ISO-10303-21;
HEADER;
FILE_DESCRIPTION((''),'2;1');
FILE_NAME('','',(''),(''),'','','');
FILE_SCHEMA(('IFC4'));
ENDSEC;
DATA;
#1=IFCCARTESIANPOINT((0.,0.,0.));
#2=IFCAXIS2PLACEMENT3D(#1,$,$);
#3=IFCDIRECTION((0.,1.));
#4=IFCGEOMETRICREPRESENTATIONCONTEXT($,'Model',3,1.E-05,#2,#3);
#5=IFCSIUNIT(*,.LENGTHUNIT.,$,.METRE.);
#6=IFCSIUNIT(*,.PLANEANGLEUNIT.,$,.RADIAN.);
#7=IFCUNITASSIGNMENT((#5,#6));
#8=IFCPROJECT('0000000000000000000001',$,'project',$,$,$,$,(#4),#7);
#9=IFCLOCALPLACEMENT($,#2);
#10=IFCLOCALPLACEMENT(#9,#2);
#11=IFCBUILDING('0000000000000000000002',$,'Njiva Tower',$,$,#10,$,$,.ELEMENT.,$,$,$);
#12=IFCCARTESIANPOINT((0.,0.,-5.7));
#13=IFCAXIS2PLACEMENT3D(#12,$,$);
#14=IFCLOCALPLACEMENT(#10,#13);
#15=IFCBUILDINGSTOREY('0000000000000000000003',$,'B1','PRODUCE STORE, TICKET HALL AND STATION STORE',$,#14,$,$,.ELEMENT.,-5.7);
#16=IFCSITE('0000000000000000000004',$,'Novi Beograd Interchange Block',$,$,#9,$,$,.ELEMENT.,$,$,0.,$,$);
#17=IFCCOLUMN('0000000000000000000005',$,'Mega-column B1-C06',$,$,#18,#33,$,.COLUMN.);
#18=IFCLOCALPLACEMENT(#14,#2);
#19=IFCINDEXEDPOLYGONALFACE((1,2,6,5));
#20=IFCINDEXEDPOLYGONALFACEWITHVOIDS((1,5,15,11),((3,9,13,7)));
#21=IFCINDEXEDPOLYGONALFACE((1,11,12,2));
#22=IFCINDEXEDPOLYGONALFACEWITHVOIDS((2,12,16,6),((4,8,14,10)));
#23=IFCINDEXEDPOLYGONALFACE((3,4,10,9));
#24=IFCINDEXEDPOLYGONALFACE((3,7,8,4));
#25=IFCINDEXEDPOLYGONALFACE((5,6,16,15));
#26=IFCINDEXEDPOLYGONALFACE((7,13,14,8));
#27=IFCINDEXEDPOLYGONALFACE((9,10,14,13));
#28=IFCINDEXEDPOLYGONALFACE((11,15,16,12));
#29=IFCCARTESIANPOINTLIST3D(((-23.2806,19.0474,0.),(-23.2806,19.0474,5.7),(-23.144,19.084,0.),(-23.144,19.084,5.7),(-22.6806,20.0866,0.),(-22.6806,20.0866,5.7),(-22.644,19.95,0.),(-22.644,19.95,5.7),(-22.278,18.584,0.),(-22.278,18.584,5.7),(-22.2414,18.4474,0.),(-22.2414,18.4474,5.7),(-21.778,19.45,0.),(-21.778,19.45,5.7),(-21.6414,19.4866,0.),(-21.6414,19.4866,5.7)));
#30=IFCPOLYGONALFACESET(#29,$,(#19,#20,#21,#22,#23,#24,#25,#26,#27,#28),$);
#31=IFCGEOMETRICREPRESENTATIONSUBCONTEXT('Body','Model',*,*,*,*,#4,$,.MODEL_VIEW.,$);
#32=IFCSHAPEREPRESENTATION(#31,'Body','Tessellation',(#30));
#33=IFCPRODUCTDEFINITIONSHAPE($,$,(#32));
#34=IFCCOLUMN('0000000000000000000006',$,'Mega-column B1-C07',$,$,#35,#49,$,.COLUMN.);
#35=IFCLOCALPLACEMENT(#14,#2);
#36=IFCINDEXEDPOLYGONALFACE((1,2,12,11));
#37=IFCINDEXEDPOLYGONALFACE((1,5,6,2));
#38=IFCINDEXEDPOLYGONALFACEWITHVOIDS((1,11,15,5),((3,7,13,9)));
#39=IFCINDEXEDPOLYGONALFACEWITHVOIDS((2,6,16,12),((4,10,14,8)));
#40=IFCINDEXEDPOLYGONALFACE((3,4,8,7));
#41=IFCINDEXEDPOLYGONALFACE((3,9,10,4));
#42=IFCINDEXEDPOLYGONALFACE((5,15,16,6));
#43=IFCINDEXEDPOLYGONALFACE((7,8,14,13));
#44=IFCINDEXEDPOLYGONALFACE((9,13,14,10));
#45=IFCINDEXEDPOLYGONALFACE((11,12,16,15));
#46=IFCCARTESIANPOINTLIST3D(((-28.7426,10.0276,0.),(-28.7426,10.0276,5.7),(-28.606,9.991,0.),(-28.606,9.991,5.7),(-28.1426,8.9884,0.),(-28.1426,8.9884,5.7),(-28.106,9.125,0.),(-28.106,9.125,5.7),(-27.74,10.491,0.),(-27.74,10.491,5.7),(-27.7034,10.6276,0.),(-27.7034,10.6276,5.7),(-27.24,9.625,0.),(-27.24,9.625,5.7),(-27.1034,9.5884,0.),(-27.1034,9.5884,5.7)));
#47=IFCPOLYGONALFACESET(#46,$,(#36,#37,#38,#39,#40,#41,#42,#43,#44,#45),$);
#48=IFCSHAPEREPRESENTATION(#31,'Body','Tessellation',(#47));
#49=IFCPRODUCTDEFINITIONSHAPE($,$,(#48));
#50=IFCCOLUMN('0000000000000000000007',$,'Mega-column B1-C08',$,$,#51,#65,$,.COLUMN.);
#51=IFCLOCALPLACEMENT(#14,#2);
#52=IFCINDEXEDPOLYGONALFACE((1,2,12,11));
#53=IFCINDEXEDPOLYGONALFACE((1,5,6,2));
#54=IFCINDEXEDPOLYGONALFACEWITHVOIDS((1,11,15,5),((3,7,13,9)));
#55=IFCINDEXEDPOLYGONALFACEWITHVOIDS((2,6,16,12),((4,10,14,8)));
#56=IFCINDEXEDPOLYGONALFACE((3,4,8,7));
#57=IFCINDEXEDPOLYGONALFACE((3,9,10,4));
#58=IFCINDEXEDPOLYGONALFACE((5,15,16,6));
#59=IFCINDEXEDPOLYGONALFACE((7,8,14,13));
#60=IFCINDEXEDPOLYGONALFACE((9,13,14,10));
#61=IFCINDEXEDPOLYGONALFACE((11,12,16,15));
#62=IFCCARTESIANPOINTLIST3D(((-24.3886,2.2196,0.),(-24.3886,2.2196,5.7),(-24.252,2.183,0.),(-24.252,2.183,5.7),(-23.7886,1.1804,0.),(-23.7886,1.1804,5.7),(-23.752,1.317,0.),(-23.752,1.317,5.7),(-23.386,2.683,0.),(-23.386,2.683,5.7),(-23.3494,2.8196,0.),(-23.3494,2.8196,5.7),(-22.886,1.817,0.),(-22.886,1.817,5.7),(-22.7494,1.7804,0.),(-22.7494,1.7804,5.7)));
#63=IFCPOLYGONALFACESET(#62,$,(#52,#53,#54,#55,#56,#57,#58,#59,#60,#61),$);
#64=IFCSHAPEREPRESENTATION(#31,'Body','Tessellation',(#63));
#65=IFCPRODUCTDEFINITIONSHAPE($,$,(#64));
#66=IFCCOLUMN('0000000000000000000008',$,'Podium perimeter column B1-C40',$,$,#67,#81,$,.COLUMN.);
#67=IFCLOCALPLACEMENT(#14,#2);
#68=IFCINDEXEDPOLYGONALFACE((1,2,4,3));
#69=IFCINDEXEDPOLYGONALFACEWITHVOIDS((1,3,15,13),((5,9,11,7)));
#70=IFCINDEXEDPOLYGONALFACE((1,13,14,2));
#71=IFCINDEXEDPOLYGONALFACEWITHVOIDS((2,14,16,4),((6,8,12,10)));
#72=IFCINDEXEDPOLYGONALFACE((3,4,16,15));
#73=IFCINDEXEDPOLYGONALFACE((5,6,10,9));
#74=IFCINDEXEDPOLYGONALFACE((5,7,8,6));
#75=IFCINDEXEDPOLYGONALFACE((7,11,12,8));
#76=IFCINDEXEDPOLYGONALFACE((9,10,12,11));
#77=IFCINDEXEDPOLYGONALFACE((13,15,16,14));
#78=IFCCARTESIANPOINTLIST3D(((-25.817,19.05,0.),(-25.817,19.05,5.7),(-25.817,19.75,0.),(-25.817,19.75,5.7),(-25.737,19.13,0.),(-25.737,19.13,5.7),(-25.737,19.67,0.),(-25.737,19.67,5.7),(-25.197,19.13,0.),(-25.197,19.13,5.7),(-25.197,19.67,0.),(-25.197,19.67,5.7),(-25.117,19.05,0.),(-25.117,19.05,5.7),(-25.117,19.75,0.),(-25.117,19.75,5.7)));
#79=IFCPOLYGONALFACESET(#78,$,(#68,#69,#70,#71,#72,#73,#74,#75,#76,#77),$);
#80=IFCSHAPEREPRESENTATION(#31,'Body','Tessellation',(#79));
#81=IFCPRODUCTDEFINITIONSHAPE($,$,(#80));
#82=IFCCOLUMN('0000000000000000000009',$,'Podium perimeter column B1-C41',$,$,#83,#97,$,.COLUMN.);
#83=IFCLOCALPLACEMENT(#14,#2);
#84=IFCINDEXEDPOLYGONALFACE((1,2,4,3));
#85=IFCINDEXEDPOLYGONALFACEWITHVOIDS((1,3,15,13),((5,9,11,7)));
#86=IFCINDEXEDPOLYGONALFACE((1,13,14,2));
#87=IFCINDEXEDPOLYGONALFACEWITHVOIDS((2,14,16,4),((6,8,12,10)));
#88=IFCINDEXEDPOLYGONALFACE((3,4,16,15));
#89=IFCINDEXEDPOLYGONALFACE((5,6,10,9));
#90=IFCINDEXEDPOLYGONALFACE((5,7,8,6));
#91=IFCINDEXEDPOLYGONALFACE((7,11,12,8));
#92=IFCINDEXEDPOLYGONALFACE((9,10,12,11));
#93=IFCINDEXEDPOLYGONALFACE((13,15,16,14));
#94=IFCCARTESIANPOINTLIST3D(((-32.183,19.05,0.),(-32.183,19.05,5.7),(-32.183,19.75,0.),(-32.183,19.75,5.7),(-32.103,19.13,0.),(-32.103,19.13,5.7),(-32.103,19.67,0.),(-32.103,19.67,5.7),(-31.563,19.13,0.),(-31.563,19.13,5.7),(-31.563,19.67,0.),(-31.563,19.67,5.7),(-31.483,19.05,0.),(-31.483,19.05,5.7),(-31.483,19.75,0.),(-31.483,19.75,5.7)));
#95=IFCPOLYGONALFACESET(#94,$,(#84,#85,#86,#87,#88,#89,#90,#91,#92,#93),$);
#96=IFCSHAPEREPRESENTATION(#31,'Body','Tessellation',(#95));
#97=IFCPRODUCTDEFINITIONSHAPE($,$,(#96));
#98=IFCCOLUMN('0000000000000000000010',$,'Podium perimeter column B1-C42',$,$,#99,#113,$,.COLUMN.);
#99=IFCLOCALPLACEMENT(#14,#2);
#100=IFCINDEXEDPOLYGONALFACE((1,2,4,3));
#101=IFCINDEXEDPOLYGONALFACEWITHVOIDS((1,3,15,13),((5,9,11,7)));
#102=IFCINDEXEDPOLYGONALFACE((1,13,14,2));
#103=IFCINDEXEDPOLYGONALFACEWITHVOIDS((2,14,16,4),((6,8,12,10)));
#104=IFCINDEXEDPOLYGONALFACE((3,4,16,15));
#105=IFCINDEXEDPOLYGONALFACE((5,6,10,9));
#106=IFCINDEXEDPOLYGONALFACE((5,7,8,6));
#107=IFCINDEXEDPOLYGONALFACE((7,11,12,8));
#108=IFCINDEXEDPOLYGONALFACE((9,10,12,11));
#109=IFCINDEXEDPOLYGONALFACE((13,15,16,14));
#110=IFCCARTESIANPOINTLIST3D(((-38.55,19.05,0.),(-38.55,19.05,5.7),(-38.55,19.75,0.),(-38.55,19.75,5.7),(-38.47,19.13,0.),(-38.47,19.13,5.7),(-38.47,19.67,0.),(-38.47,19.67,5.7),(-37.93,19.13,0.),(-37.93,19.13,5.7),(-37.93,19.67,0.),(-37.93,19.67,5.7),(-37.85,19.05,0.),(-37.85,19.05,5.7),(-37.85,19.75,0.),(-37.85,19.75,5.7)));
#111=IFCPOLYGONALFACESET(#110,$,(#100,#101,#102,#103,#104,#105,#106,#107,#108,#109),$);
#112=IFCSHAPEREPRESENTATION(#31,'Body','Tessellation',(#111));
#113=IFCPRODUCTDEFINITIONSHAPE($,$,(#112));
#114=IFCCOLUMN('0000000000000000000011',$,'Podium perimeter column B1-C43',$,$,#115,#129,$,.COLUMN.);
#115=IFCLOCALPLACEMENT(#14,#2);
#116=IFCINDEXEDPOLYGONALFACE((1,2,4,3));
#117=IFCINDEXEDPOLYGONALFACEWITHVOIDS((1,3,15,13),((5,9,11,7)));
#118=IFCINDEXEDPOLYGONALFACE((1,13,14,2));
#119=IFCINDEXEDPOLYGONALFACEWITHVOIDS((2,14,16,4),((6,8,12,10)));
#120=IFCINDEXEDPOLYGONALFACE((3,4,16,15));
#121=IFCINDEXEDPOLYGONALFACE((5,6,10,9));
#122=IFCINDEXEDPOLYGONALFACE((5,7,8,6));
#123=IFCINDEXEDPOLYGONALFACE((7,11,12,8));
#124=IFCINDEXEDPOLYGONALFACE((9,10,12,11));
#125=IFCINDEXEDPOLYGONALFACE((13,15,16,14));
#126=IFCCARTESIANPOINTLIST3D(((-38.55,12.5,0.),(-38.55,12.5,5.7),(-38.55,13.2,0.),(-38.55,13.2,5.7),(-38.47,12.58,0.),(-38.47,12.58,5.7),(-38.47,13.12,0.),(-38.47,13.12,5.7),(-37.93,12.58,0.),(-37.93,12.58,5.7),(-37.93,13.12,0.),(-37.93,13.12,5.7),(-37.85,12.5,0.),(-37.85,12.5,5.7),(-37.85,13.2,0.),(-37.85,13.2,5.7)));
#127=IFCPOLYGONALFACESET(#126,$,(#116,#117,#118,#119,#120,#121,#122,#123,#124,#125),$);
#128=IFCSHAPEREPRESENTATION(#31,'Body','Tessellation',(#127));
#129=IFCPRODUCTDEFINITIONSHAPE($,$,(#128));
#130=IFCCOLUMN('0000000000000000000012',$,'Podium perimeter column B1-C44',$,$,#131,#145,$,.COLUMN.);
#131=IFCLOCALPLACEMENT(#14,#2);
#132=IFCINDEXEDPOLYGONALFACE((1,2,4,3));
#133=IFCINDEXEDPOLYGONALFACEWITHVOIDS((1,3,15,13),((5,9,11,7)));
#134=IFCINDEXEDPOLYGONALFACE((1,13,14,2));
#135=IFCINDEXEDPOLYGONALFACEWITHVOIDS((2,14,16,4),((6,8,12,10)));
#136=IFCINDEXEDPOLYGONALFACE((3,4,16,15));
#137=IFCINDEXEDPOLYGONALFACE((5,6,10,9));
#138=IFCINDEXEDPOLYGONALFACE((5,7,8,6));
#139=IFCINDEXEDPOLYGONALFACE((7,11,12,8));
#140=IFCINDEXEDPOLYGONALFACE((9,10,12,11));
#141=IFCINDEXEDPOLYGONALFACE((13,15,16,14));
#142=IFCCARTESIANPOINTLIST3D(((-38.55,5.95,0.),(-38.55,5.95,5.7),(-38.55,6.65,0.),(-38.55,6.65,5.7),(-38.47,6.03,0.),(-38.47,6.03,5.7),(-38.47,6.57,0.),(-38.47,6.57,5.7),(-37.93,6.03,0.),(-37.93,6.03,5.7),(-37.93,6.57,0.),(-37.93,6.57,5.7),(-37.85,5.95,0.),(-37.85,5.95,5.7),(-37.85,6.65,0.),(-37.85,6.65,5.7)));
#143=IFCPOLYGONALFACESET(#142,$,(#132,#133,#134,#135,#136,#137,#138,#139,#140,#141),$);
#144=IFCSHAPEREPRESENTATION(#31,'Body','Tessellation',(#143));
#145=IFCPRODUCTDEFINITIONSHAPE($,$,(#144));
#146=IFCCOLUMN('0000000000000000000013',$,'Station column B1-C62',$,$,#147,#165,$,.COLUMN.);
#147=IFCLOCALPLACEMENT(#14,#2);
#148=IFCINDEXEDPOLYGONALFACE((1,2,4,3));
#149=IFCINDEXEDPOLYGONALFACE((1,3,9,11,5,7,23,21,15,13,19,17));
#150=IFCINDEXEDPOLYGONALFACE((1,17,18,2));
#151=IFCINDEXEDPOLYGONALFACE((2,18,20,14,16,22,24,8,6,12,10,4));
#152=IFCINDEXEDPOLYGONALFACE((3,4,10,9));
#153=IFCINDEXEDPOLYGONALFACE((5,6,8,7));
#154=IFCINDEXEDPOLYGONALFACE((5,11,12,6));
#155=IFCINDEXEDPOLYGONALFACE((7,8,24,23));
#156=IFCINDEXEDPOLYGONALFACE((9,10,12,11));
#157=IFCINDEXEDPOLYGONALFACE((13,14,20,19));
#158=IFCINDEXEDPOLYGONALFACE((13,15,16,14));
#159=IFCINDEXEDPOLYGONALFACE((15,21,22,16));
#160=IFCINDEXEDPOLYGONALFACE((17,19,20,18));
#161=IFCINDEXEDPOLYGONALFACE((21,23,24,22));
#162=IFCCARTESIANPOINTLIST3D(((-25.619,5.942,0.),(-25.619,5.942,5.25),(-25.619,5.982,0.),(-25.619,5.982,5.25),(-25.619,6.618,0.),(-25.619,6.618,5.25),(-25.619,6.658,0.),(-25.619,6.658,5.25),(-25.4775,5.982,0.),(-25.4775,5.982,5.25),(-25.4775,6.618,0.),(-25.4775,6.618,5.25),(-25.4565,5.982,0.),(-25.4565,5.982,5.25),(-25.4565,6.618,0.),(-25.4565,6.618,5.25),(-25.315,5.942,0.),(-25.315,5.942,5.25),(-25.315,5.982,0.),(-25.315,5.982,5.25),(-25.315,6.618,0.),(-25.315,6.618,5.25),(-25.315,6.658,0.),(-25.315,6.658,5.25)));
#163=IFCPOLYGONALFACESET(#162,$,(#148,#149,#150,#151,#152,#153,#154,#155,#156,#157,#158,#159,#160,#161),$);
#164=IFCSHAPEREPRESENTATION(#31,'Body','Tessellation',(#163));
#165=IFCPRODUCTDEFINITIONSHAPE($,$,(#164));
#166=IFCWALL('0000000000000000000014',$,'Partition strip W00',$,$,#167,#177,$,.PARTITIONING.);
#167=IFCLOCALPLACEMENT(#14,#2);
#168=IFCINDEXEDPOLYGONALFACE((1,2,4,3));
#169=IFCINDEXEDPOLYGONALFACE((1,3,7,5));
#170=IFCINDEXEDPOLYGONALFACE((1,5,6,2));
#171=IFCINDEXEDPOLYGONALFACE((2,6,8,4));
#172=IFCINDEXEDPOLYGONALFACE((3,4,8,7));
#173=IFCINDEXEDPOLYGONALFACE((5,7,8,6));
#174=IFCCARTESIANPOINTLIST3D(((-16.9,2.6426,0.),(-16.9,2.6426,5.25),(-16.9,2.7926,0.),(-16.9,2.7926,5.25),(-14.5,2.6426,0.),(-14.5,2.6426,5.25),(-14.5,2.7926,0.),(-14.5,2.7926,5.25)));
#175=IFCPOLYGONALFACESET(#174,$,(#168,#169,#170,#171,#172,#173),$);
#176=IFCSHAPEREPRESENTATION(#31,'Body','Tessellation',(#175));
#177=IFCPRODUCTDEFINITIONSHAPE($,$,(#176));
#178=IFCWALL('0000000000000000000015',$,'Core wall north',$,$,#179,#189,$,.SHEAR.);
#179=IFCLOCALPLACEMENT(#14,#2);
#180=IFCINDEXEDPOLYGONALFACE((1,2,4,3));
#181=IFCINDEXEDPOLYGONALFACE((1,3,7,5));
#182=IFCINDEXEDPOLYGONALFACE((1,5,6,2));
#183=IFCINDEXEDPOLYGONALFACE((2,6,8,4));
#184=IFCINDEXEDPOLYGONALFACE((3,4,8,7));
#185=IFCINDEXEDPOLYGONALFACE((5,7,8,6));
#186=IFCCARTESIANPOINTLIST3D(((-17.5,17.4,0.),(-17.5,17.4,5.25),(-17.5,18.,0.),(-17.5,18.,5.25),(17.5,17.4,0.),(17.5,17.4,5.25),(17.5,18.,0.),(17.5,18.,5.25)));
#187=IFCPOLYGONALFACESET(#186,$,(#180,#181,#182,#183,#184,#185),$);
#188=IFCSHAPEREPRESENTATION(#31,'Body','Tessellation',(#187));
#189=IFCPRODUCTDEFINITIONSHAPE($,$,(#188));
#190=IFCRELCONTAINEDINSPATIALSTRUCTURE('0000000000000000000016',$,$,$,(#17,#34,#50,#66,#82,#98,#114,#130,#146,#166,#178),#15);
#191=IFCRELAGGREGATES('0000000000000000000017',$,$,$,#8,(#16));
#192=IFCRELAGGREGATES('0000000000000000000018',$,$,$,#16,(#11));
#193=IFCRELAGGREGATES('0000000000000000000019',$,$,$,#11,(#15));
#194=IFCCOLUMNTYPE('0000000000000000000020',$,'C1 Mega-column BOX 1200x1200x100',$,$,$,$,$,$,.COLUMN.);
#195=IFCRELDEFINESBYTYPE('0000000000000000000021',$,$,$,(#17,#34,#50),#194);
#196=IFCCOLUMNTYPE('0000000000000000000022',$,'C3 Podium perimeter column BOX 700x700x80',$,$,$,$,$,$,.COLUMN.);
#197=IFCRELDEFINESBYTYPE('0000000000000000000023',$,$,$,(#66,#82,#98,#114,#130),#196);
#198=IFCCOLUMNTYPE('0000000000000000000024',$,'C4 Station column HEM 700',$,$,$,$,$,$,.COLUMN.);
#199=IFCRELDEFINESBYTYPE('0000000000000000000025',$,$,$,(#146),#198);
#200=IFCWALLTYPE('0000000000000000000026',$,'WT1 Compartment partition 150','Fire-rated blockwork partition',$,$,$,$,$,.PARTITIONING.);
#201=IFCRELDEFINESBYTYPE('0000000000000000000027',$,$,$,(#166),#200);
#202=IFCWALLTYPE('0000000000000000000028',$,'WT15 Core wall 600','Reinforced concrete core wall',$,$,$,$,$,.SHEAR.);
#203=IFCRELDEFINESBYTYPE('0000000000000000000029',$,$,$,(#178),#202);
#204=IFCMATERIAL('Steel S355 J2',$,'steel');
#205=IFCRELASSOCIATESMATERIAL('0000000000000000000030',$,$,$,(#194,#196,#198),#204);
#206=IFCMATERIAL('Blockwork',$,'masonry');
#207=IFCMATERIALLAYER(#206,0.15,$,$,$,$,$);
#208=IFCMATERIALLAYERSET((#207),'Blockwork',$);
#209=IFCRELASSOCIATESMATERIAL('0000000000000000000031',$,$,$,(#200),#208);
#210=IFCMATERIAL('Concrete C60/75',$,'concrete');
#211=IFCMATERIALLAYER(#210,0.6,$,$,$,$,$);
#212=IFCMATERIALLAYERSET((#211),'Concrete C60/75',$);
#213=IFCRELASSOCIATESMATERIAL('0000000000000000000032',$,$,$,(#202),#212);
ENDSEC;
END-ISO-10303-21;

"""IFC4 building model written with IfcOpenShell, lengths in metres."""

from ifc_helpers import new_model, si_unit, direction, frame, frame_2d, origin, origin_2d, place, context, subcontext, project, spatial, rectangle, hollow_rectangle, i_section, extrude, material, layer, layer_set, material_profile, profile_set, type_object, element, save


model = new_model("IFC4")

# Units and contexts
model_context = context("Model", 3, precision=1e-05, world=origin(), true_north=direction((0.0, 1.0)))
body_context = subcontext(model_context, "Body", "Model", "MODEL_VIEW")
ifc_project = project(units=[si_unit("LENGTHUNIT", "METRE"), si_unit("PLANEANGLEUNIT", "RADIAN")], contexts=[model_context])

# Site, building, storey
site_placement = place(None, origin())
site = spatial("IfcSite", under=ifc_project, at=site_placement, Name="Novi Beograd Interchange Block", CompositionType="ELEMENT", RefElevation=0.0)
building_placement = place(site_placement, origin())
building = spatial("IfcBuilding", under=site, at=building_placement, Name="Njiva Tower", CompositionType="ELEMENT")
storey_placement = place(building_placement, frame((0.0, 0.0, -5.7)))
storey = spatial("IfcBuildingStorey", under=building, at=storey_placement, Name="B1", Description="PRODUCE STORE, TICKET HALL AND STATION STORE", CompositionType="ELEMENT", Elevation=-5.7)

# Columns
ifc_material_1 = material(Name="Steel S355 J2", Category="steel")
ifc_material_profile_1 = material_profile(ifc_material_1, hollow_rectangle(XDim=1.2, YDim=1.2, WallThickness=0.1, at=origin_2d()), Name="BOX 1200x1200x100")
ifc_profile_set_1 = profile_set([ifc_material_profile_1], Name="Steel S355 J2")
column_type_1 = type_object("IfcColumnType", Name="C1 Mega-column BOX 1200x1200x100", PredefinedType="COLUMN", material=ifc_profile_set_1)
for number, where, z_axis, x_axis, name in (
    (1, (-22.461, 19.267, 0.0), (0.0, 0.0, 1.0), (-0.5, -0.866025, 0.0), "Mega-column B1-C06"),
    (2, (-27.923, 9.808, 0.0), (0.0, 0.0, 1.0), (0.5, -0.866025, 0.0), "Mega-column B1-C07"),
    (3, (-23.569, 2.0, 0.0), (0.0, 0.0, 1.0), (0.5, -0.866025, 0.0), "Mega-column B1-C08"),
):
    element("IfcColumn", number, at=place(storey_placement, frame(where, z_axis=z_axis, x_axis=x_axis)), inside=storey, type_object=column_type_1, Name=name, PredefinedType="COLUMN", context=body_context, shape_type="SweptSolid", body=[
        extrude(hollow_rectangle(XDim=1.2, YDim=1.2, WallThickness=0.1, at=origin_2d()), origin(), (0.0, 0.0, 1.0), 5.7),
    ])
ifc_material_profile_2 = material_profile(ifc_material_1, hollow_rectangle(XDim=0.7, YDim=0.7, WallThickness=0.08, at=origin_2d()), Name="BOX 700x700x80")
ifc_profile_set_2 = profile_set([ifc_material_profile_2], Name="Steel S355 J2")
column_type_2 = type_object("IfcColumnType", Name="C3 Podium perimeter column BOX 700x700x80", PredefinedType="COLUMN", material=ifc_profile_set_2)
for number, where, z_axis, x_axis, name in (
    (4, (-25.467, 19.4, 0.0), (0.0, 0.0, 1.0), (-1.0, 0.0, 0.0), "Podium perimeter column B1-C40"),
    (5, (-31.833, 19.4, 0.0), (0.0, 0.0, 1.0), (-1.0, 0.0, 0.0), "Podium perimeter column B1-C41"),
    (6, (-38.2, 19.4, 0.0), (0.0, 0.0, 1.0), (0.0, -1.0, 0.0), "Podium perimeter column B1-C42"),
    (7, (-38.2, 12.85, 0.0), (0.0, 0.0, 1.0), (0.0, -1.0, 0.0), "Podium perimeter column B1-C43"),
    (8, (-38.2, 6.3, 0.0), (0.0, 0.0, 1.0), (0.0, -1.0, 0.0), "Podium perimeter column B1-C44"),
):
    element("IfcColumn", number, at=place(storey_placement, frame(where, z_axis=z_axis, x_axis=x_axis)), inside=storey, type_object=column_type_2, Name=name, PredefinedType="COLUMN", context=body_context, shape_type="SweptSolid", body=[
        extrude(hollow_rectangle(XDim=0.7, YDim=0.7, WallThickness=0.08, at=origin_2d()), origin(), (0.0, 0.0, 1.0), 5.7),
    ])
ifc_material_profile_3 = material_profile(ifc_material_1, i_section(OverallWidth=0.304, OverallDepth=0.716, WebThickness=0.021, FlangeThickness=0.04, at=origin_2d()), Name="HEM 700")
ifc_profile_set_3 = profile_set([ifc_material_profile_3], Name="Steel S355 J2")
column_type_3 = type_object("IfcColumnType", Name="C4 Station column HEM 700", PredefinedType="COLUMN", material=ifc_profile_set_3)
column_placement = place(storey_placement, frame((-25.467, 6.3, 0.0), z_axis=(0.0, 0.0, 1.0), x_axis=(1.0, 0.0, 0.0)))
element("IfcColumn", 9, at=column_placement, inside=storey, type_object=column_type_3, Name="Station column B1-C62", PredefinedType="COLUMN", context=body_context, shape_type="SweptSolid", body=[
    extrude(i_section(OverallWidth=0.304, OverallDepth=0.716, WebThickness=0.021, FlangeThickness=0.04, at=origin_2d()), origin(), (0.0, 0.0, 1.0), 5.25),
])

# Walls
ifc_material_2 = material(Name="Blockwork", Category="masonry")
ifc_layer_1 = layer(ifc_material_2, 0.15)
ifc_layer_set_1 = layer_set([ifc_layer_1], Name="Blockwork")
wall_type_1 = type_object("IfcWallType", Name="WT1 Compartment partition 150", Description="Fire-rated blockwork partition", PredefinedType="PARTITIONING", material=ifc_layer_set_1)
wall_1_placement = place(storey_placement, frame((-16.9, 2.7176, 0.0), z_axis=(0.0, 0.0, 1.0), x_axis=(1.0, 0.0, 0.0)))
element("IfcWall", 10, at=wall_1_placement, inside=storey, type_object=wall_type_1, Name="Partition strip W00", PredefinedType="PARTITIONING", context=body_context, shape_type="SweptSolid", body=[
    extrude(rectangle(XDim=2.4, YDim=0.15, at=frame_2d((1.2, 0.0))), origin(), (0.0, 0.0, 1.0), 5.25),
])
ifc_material_3 = material(Name="Concrete C60/75", Category="concrete")
ifc_layer_2 = layer(ifc_material_3, 0.6)
ifc_layer_set_2 = layer_set([ifc_layer_2], Name="Concrete C60/75")
wall_type_2 = type_object("IfcWallType", Name="WT15 Core wall 600", Description="Reinforced concrete core wall", PredefinedType="SHEAR", material=ifc_layer_set_2)
wall_2_placement = place(storey_placement, frame((-17.5, 17.7, 0.0), z_axis=(0.0, 0.0, 1.0), x_axis=(1.0, 0.0, 0.0)))
element("IfcWall", 11, at=wall_2_placement, inside=storey, type_object=wall_type_2, Name="Core wall north", PredefinedType="SHEAR", context=body_context, shape_type="SweptSolid", body=[
    extrude(rectangle(XDim=35.0, YDim=0.6, at=frame_2d((17.5, 0.0))), origin(), (0.0, 0.0, 1.0), 5.25),
])

save(model, "model.ifc")
